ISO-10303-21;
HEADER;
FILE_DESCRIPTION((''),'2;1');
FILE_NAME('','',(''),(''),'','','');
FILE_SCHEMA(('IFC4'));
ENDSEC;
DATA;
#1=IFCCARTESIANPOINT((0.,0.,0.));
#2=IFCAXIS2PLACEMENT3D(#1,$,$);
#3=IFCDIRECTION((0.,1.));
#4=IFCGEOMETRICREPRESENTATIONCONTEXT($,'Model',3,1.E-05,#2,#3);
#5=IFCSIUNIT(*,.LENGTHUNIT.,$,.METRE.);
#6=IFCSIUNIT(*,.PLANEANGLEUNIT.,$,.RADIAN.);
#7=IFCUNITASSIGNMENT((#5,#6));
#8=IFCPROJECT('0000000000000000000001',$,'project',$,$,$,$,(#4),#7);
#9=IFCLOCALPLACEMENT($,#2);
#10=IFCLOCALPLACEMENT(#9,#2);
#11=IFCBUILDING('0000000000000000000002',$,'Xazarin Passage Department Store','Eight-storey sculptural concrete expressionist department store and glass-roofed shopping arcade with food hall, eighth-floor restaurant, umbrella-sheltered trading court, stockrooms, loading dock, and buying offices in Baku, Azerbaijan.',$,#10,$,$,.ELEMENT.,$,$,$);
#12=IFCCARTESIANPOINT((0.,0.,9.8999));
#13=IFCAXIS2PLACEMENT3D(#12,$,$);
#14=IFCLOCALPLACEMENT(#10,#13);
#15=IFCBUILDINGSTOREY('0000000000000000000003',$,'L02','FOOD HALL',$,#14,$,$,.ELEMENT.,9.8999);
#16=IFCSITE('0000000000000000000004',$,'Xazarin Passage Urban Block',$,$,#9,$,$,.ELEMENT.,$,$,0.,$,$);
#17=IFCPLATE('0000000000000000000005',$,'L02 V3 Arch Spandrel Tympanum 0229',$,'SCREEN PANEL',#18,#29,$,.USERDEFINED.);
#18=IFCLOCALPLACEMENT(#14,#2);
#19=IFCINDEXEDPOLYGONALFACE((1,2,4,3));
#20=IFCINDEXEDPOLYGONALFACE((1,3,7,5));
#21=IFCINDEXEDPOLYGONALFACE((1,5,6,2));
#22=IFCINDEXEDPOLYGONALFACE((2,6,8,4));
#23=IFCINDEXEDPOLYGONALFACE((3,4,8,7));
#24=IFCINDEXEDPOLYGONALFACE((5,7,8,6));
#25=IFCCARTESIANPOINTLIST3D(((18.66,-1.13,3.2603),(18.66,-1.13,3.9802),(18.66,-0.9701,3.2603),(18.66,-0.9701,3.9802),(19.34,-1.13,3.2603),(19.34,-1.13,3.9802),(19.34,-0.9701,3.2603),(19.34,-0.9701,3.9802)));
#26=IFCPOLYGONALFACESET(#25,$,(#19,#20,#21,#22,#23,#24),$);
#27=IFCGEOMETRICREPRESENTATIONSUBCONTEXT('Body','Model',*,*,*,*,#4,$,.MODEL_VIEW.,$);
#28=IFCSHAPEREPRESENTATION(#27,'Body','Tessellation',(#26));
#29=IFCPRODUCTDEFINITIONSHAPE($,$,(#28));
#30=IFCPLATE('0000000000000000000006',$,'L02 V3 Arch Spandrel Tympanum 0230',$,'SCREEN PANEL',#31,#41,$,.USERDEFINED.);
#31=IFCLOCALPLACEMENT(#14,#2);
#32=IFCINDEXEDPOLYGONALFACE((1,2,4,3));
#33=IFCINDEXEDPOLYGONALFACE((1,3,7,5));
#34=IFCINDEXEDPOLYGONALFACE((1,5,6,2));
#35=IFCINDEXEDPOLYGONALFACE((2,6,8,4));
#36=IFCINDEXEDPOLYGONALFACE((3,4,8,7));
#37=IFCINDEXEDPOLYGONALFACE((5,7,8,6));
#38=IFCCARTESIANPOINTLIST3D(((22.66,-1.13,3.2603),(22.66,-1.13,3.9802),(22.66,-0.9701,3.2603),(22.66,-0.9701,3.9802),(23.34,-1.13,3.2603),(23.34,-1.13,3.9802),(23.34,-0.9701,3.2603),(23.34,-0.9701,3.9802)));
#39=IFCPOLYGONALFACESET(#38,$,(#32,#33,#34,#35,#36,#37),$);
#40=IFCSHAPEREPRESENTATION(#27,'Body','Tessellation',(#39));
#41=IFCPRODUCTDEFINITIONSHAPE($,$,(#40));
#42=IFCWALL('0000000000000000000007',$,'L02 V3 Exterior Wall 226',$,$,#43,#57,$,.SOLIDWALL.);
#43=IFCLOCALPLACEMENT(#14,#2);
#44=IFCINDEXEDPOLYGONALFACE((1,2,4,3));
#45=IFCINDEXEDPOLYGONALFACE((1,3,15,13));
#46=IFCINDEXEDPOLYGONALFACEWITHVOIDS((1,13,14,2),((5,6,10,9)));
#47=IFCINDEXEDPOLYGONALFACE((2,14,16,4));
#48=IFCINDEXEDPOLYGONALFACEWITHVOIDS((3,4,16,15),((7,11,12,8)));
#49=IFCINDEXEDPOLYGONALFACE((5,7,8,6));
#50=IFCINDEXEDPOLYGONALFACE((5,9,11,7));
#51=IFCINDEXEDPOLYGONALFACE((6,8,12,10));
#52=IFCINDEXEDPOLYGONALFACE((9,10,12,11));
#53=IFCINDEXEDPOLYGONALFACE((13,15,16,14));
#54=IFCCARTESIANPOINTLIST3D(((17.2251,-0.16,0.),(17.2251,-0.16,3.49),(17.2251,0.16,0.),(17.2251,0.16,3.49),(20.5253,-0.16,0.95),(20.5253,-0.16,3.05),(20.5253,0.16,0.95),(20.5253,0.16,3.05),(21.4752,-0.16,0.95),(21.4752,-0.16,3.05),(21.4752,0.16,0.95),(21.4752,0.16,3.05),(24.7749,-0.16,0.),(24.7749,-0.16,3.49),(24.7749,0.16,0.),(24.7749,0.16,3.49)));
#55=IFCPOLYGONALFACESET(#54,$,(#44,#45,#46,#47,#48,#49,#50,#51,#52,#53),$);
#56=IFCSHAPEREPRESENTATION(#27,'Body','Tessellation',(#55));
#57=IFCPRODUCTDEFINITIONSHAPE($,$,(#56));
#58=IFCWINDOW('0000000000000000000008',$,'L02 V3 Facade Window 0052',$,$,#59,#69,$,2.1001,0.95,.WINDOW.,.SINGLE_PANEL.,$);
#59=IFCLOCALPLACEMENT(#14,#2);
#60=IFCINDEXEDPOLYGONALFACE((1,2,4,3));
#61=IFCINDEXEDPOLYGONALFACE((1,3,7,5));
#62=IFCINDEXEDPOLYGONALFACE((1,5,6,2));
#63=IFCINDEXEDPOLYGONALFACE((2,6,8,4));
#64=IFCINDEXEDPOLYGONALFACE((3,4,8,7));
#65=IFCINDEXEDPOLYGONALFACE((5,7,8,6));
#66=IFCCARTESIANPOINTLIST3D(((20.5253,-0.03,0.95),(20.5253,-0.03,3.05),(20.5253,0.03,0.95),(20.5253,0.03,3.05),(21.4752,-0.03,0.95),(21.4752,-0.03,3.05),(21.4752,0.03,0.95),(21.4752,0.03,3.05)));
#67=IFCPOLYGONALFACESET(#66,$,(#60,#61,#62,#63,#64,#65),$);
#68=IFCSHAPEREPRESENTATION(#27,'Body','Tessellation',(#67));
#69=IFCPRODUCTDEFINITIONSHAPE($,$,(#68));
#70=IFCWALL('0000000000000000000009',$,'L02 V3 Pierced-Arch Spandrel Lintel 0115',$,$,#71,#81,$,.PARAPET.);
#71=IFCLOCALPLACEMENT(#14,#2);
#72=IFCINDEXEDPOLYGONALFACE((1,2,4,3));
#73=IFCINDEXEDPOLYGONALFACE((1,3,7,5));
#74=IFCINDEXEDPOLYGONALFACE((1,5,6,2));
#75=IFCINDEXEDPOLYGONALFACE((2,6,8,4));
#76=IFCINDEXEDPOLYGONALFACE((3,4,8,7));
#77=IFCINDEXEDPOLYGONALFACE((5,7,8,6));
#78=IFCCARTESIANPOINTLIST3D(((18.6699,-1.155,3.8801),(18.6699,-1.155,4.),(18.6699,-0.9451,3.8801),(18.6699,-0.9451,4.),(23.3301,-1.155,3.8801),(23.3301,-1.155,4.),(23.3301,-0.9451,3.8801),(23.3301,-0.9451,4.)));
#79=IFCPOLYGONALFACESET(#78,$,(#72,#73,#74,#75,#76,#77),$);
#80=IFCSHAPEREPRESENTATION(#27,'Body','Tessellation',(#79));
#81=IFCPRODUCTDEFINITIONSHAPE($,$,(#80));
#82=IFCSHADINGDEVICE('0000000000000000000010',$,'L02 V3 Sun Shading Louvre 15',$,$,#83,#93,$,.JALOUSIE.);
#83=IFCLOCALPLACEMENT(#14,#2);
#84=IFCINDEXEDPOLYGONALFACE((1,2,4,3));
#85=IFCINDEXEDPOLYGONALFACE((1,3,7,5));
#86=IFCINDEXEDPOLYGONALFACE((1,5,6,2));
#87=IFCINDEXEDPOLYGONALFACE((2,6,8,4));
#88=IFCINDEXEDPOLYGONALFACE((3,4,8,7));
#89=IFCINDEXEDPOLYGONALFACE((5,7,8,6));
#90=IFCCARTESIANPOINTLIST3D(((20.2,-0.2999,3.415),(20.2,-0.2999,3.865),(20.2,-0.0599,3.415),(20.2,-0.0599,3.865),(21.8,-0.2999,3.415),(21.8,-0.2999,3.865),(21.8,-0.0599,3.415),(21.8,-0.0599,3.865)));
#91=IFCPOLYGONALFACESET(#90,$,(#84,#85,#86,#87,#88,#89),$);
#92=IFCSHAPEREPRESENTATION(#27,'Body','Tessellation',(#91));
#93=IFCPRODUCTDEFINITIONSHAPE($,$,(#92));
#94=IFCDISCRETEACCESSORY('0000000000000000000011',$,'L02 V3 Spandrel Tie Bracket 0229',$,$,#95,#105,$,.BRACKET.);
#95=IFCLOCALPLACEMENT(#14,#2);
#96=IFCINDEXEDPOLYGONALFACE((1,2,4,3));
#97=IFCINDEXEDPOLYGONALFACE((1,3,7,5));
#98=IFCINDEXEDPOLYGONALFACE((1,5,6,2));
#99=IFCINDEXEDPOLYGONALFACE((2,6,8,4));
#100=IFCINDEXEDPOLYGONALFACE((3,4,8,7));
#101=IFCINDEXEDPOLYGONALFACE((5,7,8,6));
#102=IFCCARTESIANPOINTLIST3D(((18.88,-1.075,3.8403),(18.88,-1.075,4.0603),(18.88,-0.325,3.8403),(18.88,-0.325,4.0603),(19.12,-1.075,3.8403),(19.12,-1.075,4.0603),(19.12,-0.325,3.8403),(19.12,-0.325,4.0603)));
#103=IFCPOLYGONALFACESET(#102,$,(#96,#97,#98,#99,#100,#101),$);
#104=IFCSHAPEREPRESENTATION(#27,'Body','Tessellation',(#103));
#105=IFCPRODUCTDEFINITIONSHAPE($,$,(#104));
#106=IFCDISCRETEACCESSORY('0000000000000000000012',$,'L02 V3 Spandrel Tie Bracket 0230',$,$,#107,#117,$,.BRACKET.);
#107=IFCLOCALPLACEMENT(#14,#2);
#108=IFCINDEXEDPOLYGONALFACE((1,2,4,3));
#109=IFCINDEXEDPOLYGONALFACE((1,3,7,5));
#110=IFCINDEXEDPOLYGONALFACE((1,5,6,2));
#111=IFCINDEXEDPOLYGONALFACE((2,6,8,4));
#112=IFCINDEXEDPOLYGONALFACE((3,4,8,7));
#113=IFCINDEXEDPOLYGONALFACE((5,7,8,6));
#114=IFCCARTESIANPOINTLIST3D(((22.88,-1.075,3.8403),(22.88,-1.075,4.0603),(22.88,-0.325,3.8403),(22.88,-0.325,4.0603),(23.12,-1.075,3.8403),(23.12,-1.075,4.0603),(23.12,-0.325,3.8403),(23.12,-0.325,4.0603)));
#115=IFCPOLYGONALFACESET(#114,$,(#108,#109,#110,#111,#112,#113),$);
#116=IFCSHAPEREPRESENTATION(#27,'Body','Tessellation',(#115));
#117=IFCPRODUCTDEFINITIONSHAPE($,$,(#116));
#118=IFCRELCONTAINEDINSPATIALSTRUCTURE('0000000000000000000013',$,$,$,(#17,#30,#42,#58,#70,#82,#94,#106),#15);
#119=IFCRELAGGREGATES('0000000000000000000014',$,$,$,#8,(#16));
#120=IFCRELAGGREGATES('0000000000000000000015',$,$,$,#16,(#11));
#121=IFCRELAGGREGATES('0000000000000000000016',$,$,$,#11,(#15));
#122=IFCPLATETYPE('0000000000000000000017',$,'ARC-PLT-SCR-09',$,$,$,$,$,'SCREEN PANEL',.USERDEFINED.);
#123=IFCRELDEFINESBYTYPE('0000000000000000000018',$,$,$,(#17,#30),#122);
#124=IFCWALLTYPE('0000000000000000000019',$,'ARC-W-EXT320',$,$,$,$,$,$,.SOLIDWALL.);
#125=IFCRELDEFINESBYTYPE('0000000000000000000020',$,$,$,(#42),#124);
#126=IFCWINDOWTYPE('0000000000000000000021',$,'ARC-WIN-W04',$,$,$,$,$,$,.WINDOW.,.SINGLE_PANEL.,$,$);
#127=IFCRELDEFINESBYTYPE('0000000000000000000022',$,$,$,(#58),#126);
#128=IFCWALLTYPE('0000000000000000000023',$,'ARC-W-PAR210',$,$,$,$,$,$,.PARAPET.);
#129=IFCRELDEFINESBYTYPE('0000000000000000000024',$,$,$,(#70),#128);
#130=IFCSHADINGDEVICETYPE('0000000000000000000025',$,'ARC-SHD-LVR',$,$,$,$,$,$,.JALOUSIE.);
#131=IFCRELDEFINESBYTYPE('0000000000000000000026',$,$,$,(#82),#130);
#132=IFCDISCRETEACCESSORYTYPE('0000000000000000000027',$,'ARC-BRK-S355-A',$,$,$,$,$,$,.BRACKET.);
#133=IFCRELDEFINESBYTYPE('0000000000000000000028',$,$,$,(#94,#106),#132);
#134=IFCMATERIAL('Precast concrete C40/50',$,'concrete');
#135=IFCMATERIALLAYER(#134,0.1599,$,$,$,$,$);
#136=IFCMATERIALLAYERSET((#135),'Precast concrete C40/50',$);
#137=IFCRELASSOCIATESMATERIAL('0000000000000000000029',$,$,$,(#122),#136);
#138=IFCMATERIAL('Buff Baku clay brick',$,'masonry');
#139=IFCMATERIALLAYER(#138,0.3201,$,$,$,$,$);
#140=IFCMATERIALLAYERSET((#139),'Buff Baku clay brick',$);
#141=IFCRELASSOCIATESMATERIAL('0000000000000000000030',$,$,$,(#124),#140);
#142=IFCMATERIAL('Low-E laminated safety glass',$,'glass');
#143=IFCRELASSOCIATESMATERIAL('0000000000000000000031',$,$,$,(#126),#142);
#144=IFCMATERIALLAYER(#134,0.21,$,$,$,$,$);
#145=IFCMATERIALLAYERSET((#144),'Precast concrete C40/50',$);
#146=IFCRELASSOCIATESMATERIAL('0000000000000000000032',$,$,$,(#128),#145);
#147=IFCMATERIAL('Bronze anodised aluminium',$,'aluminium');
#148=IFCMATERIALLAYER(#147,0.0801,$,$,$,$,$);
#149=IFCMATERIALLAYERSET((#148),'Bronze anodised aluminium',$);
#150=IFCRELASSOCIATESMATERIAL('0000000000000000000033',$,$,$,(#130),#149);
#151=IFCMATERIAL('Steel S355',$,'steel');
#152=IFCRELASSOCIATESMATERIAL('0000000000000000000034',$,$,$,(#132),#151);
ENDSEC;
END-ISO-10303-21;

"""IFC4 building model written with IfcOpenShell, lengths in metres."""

from ifc_helpers import new_model, si_unit, direction, frame, frame_2d, origin, origin_2d, place, context, subcontext, project, spatial, rectangle, extrude, material, layer, layer_set, type_object, element, fill, save


model = new_model("IFC4")

# Units and contexts
model_context = context("Model", 3, precision=1e-05, world=origin(), true_north=direction((0.0, 1.0)))
body_context = subcontext(model_context, "Body", "Model", "MODEL_VIEW")
ifc_project = project(units=[si_unit("LENGTHUNIT", "METRE"), si_unit("PLANEANGLEUNIT", "RADIAN")], contexts=[model_context])

# Site, building, storey
site_placement = place(None, origin())
site = spatial("IfcSite", under=ifc_project, at=site_placement, Name="Xazarin Passage Urban Block", CompositionType="ELEMENT", RefElevation=0.0)
building_placement = place(site_placement, origin())
building = spatial("IfcBuilding", under=site, at=building_placement, Name="Xazarin Passage Department Store", Description="Eight-storey sculptural concrete expressionist department store and glass-roofed shopping arcade with food hall, eighth-floor restaurant, umbrella-sheltered trading court, stockrooms, loading dock, and buying offices in Baku, Azerbaijan.", CompositionType="ELEMENT")
storey_placement = place(building_placement, frame((0.0, 0.0, 9.8999)))
storey = spatial("IfcBuildingStorey", under=building, at=storey_placement, Name="L02", Description="FOOD HALL", CompositionType="ELEMENT", Elevation=9.8999)

# Plates
ifc_material_1 = material(Name="Precast concrete C40/50", Category="concrete")
ifc_layer_1 = layer(ifc_material_1, 0.1599)
ifc_layer_set_1 = layer_set([ifc_layer_1], Name="Precast concrete C40/50")
plate_type = type_object("IfcPlateType", Name="ARC-PLT-SCR-09", ElementType="SCREEN PANEL", PredefinedType="USERDEFINED", material=ifc_layer_set_1)
for number, where, z_axis, x_axis, name in (
    (1, (19.0, -1.05, 3.2603), (0.0, 0.0, 1.0), (1.0, 0.0, 0.0), "L02 V3 Arch Spandrel Tympanum 0229"),
    (2, (23.0, -1.05, 3.2603), (0.0, 0.0, 1.0), (1.0, 0.0, 0.0), "L02 V3 Arch Spandrel Tympanum 0230"),
):
    element("IfcPlate", number, at=place(storey_placement, frame(where, z_axis=z_axis, x_axis=x_axis)), inside=storey, type_object=plate_type, Name=name, ObjectType="SCREEN PANEL", PredefinedType="USERDEFINED", context=body_context, shape_type="SweptSolid", body=[
        extrude(rectangle(XDim=0.6799, YDim=0.1599, at=origin_2d()), origin(), (0.0, 0.0, 1.0), 0.72),
    ])

# Wall, opening, window
ifc_material_2 = material(Name="Buff Baku clay brick", Category="masonry")
ifc_layer_2 = layer(ifc_material_2, 0.3201)
ifc_layer_set_2 = layer_set([ifc_layer_2], Name="Buff Baku clay brick")
wall_type_1 = type_object("IfcWallType", Name="ARC-W-EXT320", PredefinedType="SOLIDWALL", material=ifc_layer_set_2)
wall_1_placement = place(storey_placement, frame((17.2251, 0.0, 0.0), z_axis=(0.0, 0.0, 1.0), x_axis=(1.0, 0.0, 0.0)))
wall_1 = element("IfcWall", 3, at=wall_1_placement, inside=storey, type_object=wall_type_1, Name="L02 V3 Exterior Wall 226", PredefinedType="SOLIDWALL", context=body_context, shape_type="SweptSolid", body=[
    extrude(rectangle(XDim=7.5498, YDim=0.3201, at=frame_2d((3.7749, 0.0))), origin(), (0.0, 0.0, 1.0), 3.49),
])
opening_placement = place(wall_1_placement, frame((3.3, 0.0, 0.95)))
opening = element("IfcOpeningElement", 4, at=opening_placement, cuts=wall_1, PredefinedType="OPENING", context=body_context, shape_type="SweptSolid", body=[
    extrude(rectangle(XDim=0.95, YDim=2.1001, at=frame_2d((0.4751, 1.05))), frame((0.0, 0.1699, 0.0), z_axis=(0.0, -1.0, 0.0), x_axis=(1.0, 0.0, 0.0)), (0.0, 0.0, 1.0), 0.3401),
])
ifc_material_3 = material(Name="Low-E laminated safety glass", Category="glass")
window_type = type_object("IfcWindowType", Name="ARC-WIN-W04", PartitioningType="SINGLE_PANEL", PredefinedType="WINDOW", material=ifc_material_3)
window_placement = place(opening_placement, origin())
window = element("IfcWindow", 5, at=window_placement, inside=storey, type_object=window_type, Name="L02 V3 Facade Window 0052", OverallHeight=2.1001, OverallWidth=0.95, PartitioningType="SINGLE_PANEL", PredefinedType="WINDOW", context=body_context, shape_type="SweptSolid", body=[
    extrude(rectangle(XDim=0.95, YDim=2.1001, at=frame_2d((0.4751, 1.05))), frame((0.0, 0.03, 0.0), z_axis=(0.0, -1.0, 0.0), x_axis=(1.0, 0.0, 0.0)), (0.0, 0.0, 1.0), 0.0601),
])
fill(opening, window)

# Wall
ifc_layer_3 = layer(ifc_material_1, 0.21)
ifc_layer_set_3 = layer_set([ifc_layer_3], Name="Precast concrete C40/50")
wall_type_2 = type_object("IfcWallType", Name="ARC-W-PAR210", PredefinedType="PARAPET", material=ifc_layer_set_3)
wall_2_placement = place(storey_placement, frame((18.6699, -1.05, 3.8801), z_axis=(0.0, 0.0, 1.0), x_axis=(1.0, 0.0, 0.0)))
element("IfcWall", 6, at=wall_2_placement, inside=storey, type_object=wall_type_2, Name="L02 V3 Pierced-Arch Spandrel Lintel 0115", PredefinedType="PARAPET", context=body_context, shape_type="SweptSolid", body=[
    extrude(rectangle(XDim=4.6602, YDim=0.21, at=frame_2d((2.3301, 0.0))), origin(), (0.0, 0.0, 1.0), 0.1199),
])

# Shading device
ifc_material_4 = material(Name="Bronze anodised aluminium", Category="aluminium")
ifc_layer_4 = layer(ifc_material_4, 0.0801)
ifc_layer_set_4 = layer_set([ifc_layer_4], Name="Bronze anodised aluminium")
shading_device_type = type_object("IfcShadingDeviceType", Name="ARC-SHD-LVR", PredefinedType="JALOUSIE", material=ifc_layer_set_4)
shading_device_placement = place(storey_placement, frame((21.0, -0.1799, 3.415), z_axis=(0.0, 0.0, 1.0), x_axis=(1.0, 0.0, 0.0)))
element("IfcShadingDevice", 7, at=shading_device_placement, inside=storey, type_object=shading_device_type, Name="L02 V3 Sun Shading Louvre 15", PredefinedType="JALOUSIE", context=body_context, shape_type="SweptSolid", body=[
    extrude(rectangle(XDim=1.6001, YDim=0.24, at=origin_2d()), origin(), (0.0, 0.0, 1.0), 0.45),
])

# Discrete accessories
ifc_material_5 = material(Name="Steel S355", Category="steel")
discrete_accessory_type = type_object("IfcDiscreteAccessoryType", Name="ARC-BRK-S355-A", PredefinedType="BRACKET", material=ifc_material_5)
for number, where, z_axis, x_axis, name in (
    (8, (19.0, -0.7, 3.8403), (0.0, 0.0, 1.0), (1.0, 0.0, 0.0), "L02 V3 Spandrel Tie Bracket 0229"),
    (9, (23.0, -0.7, 3.8403), (0.0, 0.0, 1.0), (1.0, 0.0, 0.0), "L02 V3 Spandrel Tie Bracket 0230"),
):
    element("IfcDiscreteAccessory", number, at=place(storey_placement, frame(where, z_axis=z_axis, x_axis=x_axis)), inside=storey, type_object=discrete_accessory_type, Name=name, PredefinedType="BRACKET", context=body_context, shape_type="SweptSolid", body=[
        extrude(rectangle(XDim=0.24, YDim=0.75, at=origin_2d()), origin(), (0.0, 0.0, 1.0), 0.22),
    ])

save(model, "model.ifc")
